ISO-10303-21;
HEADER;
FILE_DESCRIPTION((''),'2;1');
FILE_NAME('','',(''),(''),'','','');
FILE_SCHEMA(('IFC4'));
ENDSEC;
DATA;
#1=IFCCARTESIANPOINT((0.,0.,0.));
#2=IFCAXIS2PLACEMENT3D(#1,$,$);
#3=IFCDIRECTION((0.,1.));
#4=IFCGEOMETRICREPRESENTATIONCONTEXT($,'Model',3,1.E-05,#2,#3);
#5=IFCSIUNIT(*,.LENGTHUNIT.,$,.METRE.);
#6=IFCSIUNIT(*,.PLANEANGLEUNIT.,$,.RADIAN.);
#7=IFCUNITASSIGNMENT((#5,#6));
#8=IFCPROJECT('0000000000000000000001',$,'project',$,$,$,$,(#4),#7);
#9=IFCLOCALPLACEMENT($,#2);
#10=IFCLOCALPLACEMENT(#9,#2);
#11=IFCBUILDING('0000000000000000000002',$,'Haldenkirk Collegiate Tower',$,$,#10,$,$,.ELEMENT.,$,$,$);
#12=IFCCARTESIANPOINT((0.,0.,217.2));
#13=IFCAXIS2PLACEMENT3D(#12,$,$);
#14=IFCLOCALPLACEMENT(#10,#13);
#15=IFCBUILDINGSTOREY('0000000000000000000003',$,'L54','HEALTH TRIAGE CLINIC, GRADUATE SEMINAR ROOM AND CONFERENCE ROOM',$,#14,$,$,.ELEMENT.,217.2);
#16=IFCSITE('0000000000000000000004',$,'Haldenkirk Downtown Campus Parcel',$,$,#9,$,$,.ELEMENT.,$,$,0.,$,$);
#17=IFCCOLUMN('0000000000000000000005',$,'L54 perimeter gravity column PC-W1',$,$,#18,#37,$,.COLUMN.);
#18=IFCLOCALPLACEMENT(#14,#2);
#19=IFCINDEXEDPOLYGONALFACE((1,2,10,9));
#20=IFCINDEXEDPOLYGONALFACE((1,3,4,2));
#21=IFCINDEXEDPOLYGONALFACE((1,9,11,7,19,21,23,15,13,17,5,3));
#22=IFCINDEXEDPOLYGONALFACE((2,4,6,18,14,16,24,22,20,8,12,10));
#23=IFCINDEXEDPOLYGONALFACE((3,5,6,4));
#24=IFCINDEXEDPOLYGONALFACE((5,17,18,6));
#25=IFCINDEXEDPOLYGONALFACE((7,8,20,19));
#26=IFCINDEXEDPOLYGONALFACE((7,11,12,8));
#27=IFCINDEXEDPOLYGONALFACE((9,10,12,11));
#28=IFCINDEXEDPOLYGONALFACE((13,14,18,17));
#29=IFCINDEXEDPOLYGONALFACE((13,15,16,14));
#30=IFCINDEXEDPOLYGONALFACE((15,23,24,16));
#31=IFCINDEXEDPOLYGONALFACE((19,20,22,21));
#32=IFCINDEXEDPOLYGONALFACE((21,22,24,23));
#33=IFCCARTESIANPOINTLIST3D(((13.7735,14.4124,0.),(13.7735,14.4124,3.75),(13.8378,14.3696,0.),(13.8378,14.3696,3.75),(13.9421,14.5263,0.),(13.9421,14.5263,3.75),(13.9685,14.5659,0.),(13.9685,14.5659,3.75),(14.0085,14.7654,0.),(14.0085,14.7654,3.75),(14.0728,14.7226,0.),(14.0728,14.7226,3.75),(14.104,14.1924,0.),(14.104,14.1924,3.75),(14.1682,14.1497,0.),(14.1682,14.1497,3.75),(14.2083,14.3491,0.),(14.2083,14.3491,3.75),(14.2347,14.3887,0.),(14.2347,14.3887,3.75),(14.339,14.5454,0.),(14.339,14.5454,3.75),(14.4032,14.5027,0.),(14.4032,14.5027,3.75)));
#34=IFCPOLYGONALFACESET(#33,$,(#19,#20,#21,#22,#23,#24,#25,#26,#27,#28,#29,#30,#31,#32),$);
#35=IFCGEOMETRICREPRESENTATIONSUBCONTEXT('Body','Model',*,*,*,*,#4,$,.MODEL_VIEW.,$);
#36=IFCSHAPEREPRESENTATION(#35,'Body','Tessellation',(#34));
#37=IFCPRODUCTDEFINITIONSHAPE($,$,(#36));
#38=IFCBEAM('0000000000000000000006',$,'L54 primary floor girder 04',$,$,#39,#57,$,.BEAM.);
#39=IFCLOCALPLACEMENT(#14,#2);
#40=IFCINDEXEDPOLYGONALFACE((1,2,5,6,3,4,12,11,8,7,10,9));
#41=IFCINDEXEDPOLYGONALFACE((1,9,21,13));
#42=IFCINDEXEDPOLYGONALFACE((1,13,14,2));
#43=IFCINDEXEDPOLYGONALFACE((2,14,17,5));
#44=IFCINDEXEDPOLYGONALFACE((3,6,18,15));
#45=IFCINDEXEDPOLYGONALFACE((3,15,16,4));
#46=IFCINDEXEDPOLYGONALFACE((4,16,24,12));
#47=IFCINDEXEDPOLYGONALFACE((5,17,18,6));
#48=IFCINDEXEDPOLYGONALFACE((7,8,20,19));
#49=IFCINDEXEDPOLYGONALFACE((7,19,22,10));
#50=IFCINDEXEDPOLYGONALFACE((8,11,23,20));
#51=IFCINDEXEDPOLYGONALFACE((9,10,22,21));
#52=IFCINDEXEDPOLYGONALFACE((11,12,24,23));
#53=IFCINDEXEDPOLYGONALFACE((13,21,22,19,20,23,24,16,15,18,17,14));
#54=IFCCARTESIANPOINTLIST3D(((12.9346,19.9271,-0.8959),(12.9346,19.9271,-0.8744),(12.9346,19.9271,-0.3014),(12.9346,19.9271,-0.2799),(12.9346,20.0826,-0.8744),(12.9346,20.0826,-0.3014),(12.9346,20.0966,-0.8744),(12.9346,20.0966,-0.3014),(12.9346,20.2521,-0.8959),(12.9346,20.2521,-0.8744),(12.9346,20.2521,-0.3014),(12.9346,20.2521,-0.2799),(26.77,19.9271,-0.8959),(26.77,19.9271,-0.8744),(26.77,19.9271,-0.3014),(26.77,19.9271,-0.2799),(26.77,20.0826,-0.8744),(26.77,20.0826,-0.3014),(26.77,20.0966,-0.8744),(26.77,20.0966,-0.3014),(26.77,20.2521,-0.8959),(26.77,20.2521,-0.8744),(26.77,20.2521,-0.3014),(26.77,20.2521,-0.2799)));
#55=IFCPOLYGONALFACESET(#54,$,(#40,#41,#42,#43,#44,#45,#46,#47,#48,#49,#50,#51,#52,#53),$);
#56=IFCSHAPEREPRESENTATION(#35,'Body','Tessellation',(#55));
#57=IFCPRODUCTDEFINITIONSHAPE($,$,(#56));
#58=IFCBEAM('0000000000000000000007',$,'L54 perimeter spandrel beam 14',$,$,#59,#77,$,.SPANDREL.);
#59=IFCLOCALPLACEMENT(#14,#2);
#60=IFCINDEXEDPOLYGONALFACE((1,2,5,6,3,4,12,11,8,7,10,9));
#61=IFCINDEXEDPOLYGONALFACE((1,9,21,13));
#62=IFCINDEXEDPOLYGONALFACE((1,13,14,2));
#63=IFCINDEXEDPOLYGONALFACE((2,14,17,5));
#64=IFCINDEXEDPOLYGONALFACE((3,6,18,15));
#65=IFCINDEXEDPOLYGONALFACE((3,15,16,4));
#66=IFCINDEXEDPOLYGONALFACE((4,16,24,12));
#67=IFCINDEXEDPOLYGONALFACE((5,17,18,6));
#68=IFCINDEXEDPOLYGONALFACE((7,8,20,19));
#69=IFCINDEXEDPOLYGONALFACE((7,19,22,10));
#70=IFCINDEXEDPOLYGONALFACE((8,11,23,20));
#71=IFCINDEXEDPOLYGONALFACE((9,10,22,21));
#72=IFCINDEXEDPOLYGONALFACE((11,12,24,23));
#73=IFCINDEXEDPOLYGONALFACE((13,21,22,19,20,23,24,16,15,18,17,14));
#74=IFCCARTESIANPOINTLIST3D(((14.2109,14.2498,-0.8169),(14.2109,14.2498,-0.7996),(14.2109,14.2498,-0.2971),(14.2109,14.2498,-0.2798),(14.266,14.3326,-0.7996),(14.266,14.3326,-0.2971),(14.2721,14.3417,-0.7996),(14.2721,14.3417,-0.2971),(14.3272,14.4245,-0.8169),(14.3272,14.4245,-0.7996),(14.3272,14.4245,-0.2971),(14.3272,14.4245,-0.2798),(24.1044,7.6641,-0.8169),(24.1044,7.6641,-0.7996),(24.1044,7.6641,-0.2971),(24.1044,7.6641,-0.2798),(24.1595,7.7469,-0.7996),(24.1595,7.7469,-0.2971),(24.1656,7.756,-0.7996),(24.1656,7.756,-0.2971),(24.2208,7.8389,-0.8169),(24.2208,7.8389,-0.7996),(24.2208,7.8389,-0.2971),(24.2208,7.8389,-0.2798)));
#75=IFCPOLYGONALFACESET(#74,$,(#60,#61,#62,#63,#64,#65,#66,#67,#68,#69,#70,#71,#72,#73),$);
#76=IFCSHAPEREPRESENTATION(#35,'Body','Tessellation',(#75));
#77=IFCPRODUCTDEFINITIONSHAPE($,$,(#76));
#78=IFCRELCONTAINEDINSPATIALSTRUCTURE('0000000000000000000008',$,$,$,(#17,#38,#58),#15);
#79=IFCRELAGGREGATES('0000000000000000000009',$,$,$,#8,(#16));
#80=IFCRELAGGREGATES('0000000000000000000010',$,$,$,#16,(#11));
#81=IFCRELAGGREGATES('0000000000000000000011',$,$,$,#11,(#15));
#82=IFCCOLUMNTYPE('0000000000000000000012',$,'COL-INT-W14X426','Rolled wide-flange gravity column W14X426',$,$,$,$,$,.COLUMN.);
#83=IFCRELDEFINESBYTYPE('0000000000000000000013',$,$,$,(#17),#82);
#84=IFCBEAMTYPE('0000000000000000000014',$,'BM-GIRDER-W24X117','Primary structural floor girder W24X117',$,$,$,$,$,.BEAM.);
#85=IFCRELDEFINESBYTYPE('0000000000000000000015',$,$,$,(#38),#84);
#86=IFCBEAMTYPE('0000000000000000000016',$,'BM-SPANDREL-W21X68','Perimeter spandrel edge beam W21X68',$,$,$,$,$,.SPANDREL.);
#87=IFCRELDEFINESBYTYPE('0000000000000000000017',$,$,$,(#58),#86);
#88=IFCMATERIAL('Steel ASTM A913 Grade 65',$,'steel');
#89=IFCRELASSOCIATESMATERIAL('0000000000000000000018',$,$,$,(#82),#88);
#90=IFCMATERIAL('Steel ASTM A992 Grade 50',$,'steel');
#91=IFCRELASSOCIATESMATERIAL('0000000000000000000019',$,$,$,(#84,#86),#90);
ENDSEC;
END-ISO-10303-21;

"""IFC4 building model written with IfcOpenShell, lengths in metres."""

from ifc_helpers import new_model, si_unit, direction, frame, origin, origin_2d, place, context, subcontext, project, spatial, i_section, extrude, material, material_profile, profile_set, type_object, element, save


model = new_model("IFC4")

# Units and contexts
model_context = context("Model", 3, precision=1e-05, world=origin(), true_north=direction((0.0, 1.0)))
body_context = subcontext(model_context, "Body", "Model", "MODEL_VIEW")
ifc_project = project(units=[si_unit("LENGTHUNIT", "METRE"), si_unit("PLANEANGLEUNIT", "RADIAN")], contexts=[model_context])

# Site, building, storey
site_placement = place(None, origin())
site = spatial("IfcSite", under=ifc_project, at=site_placement, Name="Haldenkirk Downtown Campus Parcel", CompositionType="ELEMENT", RefElevation=0.0)
building_placement = place(site_placement, origin())
building = spatial("IfcBuilding", under=site, at=building_placement, Name="Haldenkirk Collegiate Tower", CompositionType="ELEMENT")
storey_placement = place(building_placement, frame((0.0, 0.0, 217.2)))
storey = spatial("IfcBuildingStorey", under=building, at=storey_placement, Name="L54", Description="HEALTH TRIAGE CLINIC, GRADUATE SEMINAR ROOM AND CONFERENCE ROOM", CompositionType="ELEMENT", Elevation=217.2)

# Column
ifc_material_1 = material(Name="Steel ASTM A913 Grade 65", Category="steel")
ifc_material_profile_1 = material_profile(ifc_material_1, i_section(OverallWidth=0.4241, OverallDepth=0.4741, WebThickness=0.0476, FlangeThickness=0.0771, at=origin_2d()), Name="W14X426")
ifc_profile_set_1 = profile_set([ifc_material_profile_1], Name="Steel ASTM A913 Grade 65")
column_type = type_object("IfcColumnType", Name="COL-INT-W14X426", Description="Rolled wide-flange gravity column W14X426", PredefinedType="COLUMN", material=ifc_profile_set_1)
column_placement = place(storey_placement, frame((14.0884, 14.4575, 0.0), z_axis=(0.0, 0.0, 1.0), x_axis=(0.554118, 0.832438, 0.0)))
element("IfcColumn", 1, at=column_placement, inside=storey, type_object=column_type, Name="L54 perimeter gravity column PC-W1", PredefinedType="COLUMN", context=body_context, shape_type="SweptSolid", body=[
    extrude(i_section(OverallWidth=0.4241, OverallDepth=0.4741, WebThickness=0.0476, FlangeThickness=0.0771, at=origin_2d()), origin(), (0.0, 0.0, 1.0), 3.75),
])

# Beams
ifc_material_2 = material(Name="Steel ASTM A992 Grade 50", Category="steel")
ifc_material_profile_2 = material_profile(ifc_material_2, i_section(OverallWidth=0.325, OverallDepth=0.616, WebThickness=0.0139, FlangeThickness=0.0215, at=origin_2d()), Name="W24X117")
ifc_profile_set_2 = profile_set([ifc_material_profile_2], Name="Steel ASTM A992 Grade 50")
beam_type_1 = type_object("IfcBeamType", Name="BM-GIRDER-W24X117", Description="Primary structural floor girder W24X117", PredefinedType="BEAM", material=ifc_profile_set_2)
beam_1_placement = place(storey_placement, frame((12.9346, 20.0896, -0.5879), z_axis=(1.0, 0.0, 0.0), x_axis=(0.0, 1.0, 0.0)))
element("IfcBeam", 2, at=beam_1_placement, inside=storey, type_object=beam_type_1, Name="L54 primary floor girder 04", PredefinedType="BEAM", context=body_context, shape_type="SweptSolid", body=[
    extrude(i_section(OverallWidth=0.325, OverallDepth=0.616, WebThickness=0.0139, FlangeThickness=0.0215, at=origin_2d()), origin(), (0.0, 0.0, 1.0), 13.8354),
])
ifc_material_profile_3 = material_profile(ifc_material_2, i_section(OverallWidth=0.21, OverallDepth=0.5371, WebThickness=0.011, FlangeThickness=0.0173, at=origin_2d()), Name="W21X68")
ifc_profile_set_3 = profile_set([ifc_material_profile_3], Name="Steel ASTM A992 Grade 50")
beam_type_2 = type_object("IfcBeamType", Name="BM-SPANDREL-W21X68", Description="Perimeter spandrel edge beam W21X68", PredefinedType="SPANDREL", material=ifc_profile_set_3)
beam_2_placement = place(storey_placement, frame((14.269, 14.3372, -0.5483), z_axis=(0.832439, -0.554117, 0.0), x_axis=(0.554117, 0.832439, 0.0)))
element("IfcBeam", 3, at=beam_2_placement, inside=storey, type_object=beam_type_2, Name="L54 perimeter spandrel beam 14", PredefinedType="SPANDREL", context=body_context, shape_type="SweptSolid", body=[
    extrude(i_section(OverallWidth=0.21, OverallDepth=0.5371, WebThickness=0.011, FlangeThickness=0.0173, at=origin_2d()), origin(), (0.0, 0.0, 1.0), 11.885),
])

save(model, "model.ifc")
